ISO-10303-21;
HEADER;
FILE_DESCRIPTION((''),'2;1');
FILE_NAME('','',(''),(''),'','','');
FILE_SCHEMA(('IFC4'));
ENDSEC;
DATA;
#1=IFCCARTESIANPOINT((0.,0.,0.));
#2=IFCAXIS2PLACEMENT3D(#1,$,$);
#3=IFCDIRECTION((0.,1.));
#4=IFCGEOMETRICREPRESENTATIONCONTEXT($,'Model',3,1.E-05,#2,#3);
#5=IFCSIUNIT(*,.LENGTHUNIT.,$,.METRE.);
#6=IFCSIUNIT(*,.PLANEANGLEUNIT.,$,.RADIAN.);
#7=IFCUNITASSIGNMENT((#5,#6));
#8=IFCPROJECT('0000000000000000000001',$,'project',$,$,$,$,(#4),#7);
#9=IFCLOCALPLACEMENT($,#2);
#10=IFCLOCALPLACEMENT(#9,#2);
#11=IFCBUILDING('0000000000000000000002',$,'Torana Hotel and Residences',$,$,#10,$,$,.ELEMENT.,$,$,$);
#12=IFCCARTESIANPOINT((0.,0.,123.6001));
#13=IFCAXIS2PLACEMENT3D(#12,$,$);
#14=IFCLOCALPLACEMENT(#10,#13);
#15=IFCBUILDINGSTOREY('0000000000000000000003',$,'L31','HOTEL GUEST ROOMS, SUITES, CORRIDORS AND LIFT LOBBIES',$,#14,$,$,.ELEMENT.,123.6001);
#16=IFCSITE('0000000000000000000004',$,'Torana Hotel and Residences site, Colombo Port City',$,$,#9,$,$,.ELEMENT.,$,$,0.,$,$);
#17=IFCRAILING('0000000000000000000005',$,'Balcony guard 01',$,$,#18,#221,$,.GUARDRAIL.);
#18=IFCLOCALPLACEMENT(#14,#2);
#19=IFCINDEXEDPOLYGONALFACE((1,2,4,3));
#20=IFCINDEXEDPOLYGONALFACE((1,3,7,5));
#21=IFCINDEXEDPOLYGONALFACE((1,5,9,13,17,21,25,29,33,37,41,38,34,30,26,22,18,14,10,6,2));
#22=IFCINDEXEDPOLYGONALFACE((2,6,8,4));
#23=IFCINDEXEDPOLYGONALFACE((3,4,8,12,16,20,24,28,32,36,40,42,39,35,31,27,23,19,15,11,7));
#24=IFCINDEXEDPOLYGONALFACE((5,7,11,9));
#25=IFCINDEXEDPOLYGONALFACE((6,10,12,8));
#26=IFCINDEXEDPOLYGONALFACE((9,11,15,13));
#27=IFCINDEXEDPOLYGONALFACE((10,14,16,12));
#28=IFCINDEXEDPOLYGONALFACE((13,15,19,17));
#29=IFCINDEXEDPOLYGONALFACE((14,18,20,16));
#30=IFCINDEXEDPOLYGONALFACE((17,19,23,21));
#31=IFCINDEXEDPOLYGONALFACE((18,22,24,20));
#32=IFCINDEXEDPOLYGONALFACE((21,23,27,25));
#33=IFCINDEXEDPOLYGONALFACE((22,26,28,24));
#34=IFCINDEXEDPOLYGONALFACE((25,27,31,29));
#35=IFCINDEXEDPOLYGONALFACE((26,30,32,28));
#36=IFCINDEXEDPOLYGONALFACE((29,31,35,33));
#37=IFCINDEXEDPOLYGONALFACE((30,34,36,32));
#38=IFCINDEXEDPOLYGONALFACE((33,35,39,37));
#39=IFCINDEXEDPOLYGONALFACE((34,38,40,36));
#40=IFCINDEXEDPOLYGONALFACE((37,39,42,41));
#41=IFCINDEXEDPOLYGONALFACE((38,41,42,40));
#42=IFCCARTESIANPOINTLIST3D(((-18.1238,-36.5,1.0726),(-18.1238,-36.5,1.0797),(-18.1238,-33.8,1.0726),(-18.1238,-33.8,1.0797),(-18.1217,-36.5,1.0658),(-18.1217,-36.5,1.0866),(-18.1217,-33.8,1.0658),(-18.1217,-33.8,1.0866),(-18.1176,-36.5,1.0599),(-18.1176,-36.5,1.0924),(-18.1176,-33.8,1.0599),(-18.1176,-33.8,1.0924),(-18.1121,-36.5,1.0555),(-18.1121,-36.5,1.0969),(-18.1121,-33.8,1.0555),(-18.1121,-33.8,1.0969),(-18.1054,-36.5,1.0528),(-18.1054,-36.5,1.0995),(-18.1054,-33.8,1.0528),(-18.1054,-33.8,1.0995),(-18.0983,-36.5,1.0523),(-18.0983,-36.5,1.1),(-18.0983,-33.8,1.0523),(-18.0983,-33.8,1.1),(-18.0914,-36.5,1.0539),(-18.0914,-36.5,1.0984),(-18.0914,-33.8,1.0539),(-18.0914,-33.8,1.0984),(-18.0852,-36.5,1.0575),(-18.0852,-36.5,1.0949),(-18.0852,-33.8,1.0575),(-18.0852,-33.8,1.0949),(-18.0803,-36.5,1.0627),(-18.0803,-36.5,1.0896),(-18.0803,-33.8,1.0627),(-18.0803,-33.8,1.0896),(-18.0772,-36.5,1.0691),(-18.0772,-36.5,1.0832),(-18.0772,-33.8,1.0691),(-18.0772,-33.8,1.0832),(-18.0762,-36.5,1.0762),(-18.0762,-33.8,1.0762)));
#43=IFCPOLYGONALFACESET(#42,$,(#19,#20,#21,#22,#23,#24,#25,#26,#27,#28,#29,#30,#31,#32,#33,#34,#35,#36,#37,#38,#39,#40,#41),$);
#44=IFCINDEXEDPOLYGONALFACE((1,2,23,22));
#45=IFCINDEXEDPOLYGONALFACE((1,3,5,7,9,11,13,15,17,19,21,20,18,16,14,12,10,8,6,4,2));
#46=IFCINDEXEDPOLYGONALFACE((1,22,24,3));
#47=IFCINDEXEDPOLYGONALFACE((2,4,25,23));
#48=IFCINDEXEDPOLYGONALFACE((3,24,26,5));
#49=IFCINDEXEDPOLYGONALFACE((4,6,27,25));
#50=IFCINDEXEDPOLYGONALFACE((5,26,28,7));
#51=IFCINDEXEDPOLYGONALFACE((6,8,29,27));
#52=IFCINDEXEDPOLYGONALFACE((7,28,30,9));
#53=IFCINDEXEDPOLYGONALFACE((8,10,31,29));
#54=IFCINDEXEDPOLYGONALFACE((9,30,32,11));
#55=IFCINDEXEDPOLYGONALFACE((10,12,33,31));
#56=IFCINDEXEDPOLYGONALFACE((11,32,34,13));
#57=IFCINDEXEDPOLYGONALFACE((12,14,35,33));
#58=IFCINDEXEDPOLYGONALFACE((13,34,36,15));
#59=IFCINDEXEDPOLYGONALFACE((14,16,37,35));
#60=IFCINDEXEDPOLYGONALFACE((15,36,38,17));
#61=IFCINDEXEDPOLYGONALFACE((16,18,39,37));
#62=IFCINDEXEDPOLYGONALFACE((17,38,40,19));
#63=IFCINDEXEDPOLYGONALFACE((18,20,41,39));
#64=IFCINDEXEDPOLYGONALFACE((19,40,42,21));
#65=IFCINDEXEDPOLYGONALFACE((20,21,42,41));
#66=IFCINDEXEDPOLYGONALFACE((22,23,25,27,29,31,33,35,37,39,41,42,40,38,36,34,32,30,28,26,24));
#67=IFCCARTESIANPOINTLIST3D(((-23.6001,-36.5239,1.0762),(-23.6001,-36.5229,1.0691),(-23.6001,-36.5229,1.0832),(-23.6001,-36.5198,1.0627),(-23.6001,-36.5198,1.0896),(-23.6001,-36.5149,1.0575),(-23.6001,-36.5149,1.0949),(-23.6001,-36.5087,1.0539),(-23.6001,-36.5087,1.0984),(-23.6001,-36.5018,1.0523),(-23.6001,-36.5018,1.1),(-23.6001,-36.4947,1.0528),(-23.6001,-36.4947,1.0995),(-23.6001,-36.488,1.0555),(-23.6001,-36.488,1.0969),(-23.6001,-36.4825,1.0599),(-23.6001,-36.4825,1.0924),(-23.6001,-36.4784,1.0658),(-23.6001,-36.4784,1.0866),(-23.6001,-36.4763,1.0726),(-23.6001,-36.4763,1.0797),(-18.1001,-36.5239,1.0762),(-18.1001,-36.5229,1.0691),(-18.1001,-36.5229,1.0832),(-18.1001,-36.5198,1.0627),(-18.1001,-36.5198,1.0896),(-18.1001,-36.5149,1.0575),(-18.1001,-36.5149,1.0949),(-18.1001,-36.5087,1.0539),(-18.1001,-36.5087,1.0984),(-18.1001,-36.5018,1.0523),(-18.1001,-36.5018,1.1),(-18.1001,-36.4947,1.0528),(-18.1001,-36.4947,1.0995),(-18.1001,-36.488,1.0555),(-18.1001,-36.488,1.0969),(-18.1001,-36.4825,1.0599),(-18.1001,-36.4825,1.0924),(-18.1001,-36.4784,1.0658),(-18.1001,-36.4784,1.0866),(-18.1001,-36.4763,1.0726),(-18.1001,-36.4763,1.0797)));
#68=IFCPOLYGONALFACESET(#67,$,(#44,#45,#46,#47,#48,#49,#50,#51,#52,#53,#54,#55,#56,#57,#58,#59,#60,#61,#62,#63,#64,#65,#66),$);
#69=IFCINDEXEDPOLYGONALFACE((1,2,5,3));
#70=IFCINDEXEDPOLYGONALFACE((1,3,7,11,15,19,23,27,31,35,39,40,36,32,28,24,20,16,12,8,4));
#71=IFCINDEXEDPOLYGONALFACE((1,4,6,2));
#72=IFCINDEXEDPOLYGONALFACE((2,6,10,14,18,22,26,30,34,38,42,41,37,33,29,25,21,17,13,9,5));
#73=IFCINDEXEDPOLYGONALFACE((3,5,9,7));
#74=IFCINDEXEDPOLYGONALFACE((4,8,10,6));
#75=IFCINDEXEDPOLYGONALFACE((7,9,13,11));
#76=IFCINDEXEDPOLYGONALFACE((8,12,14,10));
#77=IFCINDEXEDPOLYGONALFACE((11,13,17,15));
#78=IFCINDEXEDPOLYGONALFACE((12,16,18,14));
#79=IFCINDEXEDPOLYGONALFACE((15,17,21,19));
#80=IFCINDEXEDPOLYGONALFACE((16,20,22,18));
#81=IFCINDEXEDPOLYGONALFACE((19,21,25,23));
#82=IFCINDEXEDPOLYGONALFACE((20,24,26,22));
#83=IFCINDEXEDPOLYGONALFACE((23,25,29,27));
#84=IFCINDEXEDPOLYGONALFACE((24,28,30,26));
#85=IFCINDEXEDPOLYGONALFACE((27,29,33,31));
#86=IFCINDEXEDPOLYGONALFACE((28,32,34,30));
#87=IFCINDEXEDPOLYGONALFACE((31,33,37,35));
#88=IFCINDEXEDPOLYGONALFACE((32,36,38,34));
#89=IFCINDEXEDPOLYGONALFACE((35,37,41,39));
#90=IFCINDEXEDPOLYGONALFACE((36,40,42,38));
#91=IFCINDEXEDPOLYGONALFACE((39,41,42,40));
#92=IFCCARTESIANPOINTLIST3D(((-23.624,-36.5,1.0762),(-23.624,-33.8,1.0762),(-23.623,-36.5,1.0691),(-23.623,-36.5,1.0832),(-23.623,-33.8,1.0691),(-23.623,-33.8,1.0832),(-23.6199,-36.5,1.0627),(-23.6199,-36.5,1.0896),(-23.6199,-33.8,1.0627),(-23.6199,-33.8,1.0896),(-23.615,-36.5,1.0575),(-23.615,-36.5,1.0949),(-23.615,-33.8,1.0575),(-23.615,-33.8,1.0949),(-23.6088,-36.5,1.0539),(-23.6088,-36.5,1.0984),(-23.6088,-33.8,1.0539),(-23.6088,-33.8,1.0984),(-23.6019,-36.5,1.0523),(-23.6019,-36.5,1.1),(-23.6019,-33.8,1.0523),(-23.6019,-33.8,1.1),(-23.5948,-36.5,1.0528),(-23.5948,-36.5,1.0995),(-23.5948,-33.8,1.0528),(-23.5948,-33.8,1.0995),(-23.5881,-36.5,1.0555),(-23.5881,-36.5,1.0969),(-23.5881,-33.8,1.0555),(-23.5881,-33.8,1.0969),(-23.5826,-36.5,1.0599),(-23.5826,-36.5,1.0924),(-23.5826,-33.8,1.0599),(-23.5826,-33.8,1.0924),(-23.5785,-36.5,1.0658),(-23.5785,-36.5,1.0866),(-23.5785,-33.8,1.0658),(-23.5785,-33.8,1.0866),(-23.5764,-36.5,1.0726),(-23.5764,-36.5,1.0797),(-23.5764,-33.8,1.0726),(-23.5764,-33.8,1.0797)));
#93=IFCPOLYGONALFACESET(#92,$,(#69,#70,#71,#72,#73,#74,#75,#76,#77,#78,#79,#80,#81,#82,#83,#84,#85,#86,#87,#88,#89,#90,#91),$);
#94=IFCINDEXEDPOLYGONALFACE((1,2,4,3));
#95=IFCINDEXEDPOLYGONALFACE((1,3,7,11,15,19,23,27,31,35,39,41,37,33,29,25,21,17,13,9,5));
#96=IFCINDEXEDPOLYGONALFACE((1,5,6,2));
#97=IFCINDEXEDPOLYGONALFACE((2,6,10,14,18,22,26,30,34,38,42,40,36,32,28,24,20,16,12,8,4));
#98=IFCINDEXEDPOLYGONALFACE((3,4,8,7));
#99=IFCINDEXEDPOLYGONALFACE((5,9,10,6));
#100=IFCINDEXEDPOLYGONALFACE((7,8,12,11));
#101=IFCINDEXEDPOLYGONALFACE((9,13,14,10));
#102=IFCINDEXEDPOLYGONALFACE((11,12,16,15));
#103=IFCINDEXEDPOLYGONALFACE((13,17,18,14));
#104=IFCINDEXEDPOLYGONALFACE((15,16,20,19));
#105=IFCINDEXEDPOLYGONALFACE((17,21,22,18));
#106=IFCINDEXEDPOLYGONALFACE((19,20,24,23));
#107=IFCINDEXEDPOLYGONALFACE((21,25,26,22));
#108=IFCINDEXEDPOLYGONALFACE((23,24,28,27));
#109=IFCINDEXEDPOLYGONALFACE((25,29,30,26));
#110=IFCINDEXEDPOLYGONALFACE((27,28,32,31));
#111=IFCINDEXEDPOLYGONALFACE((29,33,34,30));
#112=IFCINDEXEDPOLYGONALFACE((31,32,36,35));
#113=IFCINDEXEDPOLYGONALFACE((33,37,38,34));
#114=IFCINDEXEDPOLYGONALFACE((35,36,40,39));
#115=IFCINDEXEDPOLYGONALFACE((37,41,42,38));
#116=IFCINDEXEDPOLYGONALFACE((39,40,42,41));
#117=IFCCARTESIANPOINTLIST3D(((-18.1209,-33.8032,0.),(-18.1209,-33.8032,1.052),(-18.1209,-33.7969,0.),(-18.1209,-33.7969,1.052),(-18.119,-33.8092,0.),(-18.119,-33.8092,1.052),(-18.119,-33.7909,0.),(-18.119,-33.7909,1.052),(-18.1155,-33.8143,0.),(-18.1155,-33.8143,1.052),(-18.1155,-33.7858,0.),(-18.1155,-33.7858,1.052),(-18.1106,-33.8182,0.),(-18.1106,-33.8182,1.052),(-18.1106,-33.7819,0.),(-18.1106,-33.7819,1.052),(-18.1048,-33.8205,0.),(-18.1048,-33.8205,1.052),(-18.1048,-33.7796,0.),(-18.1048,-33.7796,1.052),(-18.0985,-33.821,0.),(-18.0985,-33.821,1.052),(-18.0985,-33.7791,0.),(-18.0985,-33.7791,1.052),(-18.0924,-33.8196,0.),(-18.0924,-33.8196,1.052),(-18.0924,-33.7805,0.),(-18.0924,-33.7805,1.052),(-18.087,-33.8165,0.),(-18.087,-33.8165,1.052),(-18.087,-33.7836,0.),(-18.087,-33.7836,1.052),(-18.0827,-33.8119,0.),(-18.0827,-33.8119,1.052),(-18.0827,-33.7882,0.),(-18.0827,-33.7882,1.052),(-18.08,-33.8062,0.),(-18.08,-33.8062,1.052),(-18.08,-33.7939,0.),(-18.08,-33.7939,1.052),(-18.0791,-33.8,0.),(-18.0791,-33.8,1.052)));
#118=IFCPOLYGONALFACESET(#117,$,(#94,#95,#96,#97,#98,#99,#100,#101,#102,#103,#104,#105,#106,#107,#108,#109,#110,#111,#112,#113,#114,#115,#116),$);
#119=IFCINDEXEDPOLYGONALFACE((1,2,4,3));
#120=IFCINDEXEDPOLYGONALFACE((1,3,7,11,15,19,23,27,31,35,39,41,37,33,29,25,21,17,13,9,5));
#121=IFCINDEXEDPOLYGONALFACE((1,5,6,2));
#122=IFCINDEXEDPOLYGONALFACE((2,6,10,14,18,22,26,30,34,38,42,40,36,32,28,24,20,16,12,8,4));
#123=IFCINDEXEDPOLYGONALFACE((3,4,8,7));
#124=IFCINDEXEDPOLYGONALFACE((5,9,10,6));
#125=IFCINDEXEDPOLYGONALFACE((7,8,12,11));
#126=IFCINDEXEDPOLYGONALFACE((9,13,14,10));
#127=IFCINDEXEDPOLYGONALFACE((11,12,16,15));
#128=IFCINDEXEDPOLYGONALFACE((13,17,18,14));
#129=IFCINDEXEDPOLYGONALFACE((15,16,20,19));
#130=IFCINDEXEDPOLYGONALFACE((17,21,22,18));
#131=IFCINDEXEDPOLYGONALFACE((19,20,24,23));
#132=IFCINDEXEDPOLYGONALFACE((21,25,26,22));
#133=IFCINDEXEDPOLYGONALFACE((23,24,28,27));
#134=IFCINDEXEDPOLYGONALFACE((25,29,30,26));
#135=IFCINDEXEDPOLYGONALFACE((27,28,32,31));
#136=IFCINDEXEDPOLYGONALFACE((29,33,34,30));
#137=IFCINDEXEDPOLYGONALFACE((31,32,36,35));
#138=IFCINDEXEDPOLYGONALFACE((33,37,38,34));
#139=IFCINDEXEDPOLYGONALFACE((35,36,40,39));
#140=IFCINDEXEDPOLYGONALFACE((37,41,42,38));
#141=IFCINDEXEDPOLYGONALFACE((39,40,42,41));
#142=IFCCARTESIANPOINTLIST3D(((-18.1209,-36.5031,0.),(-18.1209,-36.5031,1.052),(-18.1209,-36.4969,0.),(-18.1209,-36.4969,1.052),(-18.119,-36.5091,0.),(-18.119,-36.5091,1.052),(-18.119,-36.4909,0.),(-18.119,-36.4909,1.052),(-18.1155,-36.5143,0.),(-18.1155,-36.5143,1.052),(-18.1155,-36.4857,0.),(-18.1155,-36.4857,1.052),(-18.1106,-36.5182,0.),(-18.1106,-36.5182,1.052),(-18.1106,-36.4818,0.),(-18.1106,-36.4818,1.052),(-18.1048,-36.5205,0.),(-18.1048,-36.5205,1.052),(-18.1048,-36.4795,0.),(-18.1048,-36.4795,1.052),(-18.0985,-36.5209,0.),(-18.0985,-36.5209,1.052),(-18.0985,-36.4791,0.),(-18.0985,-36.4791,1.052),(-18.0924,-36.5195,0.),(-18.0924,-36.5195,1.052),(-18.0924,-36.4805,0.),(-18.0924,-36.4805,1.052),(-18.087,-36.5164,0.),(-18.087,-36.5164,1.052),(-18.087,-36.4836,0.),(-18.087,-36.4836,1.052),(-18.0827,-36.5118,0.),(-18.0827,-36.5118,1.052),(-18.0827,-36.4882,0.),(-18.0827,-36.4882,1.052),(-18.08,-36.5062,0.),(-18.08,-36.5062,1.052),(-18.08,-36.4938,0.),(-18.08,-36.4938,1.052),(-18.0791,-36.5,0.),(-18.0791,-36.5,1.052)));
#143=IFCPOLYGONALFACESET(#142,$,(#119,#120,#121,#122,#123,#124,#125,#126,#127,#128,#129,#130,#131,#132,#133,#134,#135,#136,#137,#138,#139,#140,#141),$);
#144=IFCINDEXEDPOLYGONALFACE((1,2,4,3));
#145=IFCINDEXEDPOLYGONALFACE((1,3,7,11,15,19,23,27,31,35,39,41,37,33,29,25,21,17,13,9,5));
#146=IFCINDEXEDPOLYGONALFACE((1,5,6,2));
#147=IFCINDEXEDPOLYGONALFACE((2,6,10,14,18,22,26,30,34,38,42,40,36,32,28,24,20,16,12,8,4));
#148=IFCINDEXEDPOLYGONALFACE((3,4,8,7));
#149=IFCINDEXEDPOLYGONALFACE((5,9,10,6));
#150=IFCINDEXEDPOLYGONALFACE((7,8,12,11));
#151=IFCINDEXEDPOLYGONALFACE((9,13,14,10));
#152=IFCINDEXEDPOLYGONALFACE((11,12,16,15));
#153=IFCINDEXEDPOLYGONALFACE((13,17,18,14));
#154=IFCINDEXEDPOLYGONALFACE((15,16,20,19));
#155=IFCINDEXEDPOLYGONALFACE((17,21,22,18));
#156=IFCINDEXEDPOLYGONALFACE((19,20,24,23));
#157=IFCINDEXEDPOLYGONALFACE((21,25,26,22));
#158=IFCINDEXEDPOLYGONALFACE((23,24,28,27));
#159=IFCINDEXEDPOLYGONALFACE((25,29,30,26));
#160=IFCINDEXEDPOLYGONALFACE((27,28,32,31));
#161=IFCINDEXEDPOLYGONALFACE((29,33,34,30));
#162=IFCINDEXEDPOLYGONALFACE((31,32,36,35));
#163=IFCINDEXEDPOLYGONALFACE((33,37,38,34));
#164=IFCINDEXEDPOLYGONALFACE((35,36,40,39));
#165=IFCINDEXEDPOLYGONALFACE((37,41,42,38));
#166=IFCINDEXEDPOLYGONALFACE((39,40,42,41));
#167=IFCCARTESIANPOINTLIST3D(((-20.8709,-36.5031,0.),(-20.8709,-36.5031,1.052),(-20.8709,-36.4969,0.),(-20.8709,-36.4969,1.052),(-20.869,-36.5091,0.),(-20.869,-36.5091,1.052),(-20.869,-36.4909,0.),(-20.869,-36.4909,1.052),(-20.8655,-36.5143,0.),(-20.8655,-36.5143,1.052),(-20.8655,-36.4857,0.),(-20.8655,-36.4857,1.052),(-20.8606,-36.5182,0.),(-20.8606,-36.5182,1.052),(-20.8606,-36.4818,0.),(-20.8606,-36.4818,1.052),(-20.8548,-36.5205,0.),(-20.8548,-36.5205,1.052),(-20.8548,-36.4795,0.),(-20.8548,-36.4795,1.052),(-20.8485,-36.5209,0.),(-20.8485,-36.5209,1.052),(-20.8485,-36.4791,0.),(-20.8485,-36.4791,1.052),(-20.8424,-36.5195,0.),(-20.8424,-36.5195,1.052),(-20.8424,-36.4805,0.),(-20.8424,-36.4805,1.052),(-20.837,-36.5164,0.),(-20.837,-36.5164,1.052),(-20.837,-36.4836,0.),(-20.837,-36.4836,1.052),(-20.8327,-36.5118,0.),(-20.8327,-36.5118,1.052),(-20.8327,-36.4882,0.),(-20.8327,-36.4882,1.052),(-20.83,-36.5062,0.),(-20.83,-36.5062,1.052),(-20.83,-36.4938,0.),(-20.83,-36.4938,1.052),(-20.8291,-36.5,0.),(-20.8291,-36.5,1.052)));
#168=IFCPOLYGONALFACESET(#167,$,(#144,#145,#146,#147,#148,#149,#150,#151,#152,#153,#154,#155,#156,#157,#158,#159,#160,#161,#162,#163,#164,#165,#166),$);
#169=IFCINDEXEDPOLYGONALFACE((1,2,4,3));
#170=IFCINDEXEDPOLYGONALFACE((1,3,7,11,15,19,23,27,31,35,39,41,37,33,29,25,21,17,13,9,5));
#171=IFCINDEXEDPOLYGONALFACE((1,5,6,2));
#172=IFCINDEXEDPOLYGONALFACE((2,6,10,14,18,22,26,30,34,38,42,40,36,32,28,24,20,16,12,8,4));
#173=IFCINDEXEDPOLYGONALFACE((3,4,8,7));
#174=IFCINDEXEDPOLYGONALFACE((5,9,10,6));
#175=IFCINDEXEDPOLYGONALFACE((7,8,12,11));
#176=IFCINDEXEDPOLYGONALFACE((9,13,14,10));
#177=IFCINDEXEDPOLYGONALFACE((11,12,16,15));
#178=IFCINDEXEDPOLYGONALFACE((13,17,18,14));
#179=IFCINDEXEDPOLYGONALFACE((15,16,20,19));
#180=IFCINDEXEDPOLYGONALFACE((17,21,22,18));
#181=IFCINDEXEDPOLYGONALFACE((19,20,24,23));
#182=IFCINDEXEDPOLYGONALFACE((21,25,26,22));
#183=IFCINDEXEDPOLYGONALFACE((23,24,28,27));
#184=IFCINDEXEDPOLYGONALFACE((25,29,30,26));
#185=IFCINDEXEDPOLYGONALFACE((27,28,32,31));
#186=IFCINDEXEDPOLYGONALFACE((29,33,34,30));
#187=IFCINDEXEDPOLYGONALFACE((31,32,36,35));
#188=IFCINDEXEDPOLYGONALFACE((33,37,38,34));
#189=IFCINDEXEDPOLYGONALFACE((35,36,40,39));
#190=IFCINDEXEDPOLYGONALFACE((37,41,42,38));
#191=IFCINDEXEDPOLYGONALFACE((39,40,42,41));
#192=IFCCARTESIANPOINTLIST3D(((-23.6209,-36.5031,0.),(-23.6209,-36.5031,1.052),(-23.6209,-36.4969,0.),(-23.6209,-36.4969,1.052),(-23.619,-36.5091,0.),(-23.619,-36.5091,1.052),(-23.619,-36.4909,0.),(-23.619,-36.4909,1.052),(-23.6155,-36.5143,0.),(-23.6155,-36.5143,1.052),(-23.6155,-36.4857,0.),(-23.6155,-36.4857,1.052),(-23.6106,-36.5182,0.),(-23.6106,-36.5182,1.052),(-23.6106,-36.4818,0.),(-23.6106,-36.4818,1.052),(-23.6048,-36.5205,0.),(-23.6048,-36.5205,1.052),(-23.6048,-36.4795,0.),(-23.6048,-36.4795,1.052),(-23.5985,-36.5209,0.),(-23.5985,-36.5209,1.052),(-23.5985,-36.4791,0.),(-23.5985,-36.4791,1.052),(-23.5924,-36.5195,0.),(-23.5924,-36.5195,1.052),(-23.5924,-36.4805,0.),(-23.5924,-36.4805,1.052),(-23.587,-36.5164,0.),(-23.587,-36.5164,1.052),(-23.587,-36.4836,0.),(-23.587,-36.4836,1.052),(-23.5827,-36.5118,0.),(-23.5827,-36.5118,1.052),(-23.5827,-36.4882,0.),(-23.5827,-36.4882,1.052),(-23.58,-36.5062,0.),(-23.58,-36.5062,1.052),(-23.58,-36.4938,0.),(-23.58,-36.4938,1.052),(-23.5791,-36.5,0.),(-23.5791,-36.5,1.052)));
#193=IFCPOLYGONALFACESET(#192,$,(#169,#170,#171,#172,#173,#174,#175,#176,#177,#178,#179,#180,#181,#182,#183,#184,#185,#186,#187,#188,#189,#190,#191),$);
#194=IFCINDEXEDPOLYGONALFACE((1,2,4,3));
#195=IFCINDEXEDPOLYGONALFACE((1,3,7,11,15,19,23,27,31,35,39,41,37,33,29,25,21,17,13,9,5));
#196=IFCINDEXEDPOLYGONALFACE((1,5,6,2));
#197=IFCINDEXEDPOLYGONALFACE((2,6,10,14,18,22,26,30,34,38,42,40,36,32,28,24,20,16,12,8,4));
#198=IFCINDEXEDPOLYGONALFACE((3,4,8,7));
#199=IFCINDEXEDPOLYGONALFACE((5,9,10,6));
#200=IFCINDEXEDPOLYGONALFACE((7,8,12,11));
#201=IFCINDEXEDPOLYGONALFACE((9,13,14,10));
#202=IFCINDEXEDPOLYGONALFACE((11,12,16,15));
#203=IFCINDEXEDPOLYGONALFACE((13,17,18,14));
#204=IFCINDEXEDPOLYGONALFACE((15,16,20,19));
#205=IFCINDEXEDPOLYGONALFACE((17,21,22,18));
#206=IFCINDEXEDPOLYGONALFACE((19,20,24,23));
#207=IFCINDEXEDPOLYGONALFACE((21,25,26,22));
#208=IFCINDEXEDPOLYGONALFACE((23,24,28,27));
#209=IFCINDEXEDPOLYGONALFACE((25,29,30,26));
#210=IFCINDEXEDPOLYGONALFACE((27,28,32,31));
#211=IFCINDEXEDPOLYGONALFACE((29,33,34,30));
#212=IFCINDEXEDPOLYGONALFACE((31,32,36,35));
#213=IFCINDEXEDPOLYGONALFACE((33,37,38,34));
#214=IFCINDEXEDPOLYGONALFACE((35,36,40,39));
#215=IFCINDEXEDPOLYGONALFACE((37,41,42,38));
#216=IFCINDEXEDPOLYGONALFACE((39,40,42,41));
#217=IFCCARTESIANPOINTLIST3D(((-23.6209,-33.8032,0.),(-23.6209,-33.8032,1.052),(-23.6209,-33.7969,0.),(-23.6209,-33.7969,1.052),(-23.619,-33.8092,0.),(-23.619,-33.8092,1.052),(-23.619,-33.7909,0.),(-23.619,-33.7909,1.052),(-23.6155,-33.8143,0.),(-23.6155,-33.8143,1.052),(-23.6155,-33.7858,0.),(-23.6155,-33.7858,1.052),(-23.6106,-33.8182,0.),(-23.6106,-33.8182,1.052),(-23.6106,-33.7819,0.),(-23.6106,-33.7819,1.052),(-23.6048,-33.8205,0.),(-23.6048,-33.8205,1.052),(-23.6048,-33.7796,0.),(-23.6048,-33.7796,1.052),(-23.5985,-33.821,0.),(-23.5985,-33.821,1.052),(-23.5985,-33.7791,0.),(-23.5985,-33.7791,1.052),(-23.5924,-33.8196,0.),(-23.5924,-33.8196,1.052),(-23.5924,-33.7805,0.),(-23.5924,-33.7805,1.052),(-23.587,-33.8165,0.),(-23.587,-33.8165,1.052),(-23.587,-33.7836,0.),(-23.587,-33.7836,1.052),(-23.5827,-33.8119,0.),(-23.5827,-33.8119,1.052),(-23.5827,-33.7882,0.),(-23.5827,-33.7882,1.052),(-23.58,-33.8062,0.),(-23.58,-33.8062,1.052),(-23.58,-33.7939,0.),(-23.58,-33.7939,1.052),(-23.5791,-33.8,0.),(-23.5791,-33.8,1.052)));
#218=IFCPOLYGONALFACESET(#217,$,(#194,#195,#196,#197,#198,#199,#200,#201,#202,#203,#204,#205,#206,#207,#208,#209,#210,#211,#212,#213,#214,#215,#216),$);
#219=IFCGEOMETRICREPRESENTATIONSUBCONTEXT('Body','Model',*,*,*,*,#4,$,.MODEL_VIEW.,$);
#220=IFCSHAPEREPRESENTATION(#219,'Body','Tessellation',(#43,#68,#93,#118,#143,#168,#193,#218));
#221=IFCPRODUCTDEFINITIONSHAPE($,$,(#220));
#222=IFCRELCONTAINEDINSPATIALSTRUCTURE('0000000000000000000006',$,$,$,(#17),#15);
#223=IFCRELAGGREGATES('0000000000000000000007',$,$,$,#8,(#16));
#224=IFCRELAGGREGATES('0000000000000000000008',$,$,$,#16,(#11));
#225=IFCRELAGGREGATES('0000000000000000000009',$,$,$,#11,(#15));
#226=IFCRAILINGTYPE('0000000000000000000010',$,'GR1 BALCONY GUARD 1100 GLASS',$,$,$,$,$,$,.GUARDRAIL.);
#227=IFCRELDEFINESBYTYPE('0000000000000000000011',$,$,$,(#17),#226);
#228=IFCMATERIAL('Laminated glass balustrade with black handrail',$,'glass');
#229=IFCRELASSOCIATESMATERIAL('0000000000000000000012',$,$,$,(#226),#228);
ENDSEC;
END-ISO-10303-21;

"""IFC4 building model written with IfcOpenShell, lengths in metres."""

from ifc_helpers import new_model, si_unit, direction, frame, origin, origin_2d, place, context, subcontext, project, spatial, circle, extrude, material, type_object, element, save


model = new_model("IFC4")

# Units and contexts
model_context = context("Model", 3, precision=1e-05, world=origin(), true_north=direction((0.0, 1.0)))
body_context = subcontext(model_context, "Body", "Model", "MODEL_VIEW")
ifc_project = project(units=[si_unit("LENGTHUNIT", "METRE"), si_unit("PLANEANGLEUNIT", "RADIAN")], contexts=[model_context])

# Site, building, storey
site_placement = place(None, origin())
site = spatial("IfcSite", under=ifc_project, at=site_placement, Name="Torana Hotel and Residences site, Colombo Port City", CompositionType="ELEMENT", RefElevation=0.0)
building_placement = place(site_placement, origin())
building = spatial("IfcBuilding", under=site, at=building_placement, Name="Torana Hotel and Residences", CompositionType="ELEMENT")
storey_placement = place(building_placement, frame((0.0, 0.0, 123.6001)))
storey = spatial("IfcBuildingStorey", under=building, at=storey_placement, Name="L31", Description="HOTEL GUEST ROOMS, SUITES, CORRIDORS AND LIFT LOBBIES", CompositionType="ELEMENT", Elevation=123.6001)

# Railing
ifc_material_1 = material(Name="Laminated glass balustrade with black handrail", Category="glass")
railing_type = type_object("IfcRailingType", Name="GR1 BALCONY GUARD 1100 GLASS", PredefinedType="GUARDRAIL", material=ifc_material_1)
railing_placement = place(storey_placement, frame((-18.1001, -33.8, 0.0)))
element("IfcRailing", 1, at=railing_placement, inside=storey, type_object=railing_type, Name="Balcony guard 01", PredefinedType="GUARDRAIL", context=body_context, shape_type="SweptSolid", body=[
    extrude(circle(Radius=0.0239, at=origin_2d()), frame((0.0, 0.0, 1.0762), z_axis=(0.0, -1.0, 0.0), x_axis=(1.0, 0.0, 0.0)), (0.0, 0.0, 1.0), 2.7),
    extrude(circle(Radius=0.0239, at=origin_2d()), frame((0.0, -2.7, 1.0762), z_axis=(-1.0, 0.0, 0.0), x_axis=(0.0, -1.0, 0.0)), (0.0, 0.0, 1.0), 5.5),
    extrude(circle(Radius=0.0239, at=origin_2d()), frame((-5.5, -2.7, 1.0762), z_axis=(0.0, 1.0, 0.0), x_axis=(-1.0, 0.0, 0.0)), (0.0, 0.0, 1.0), 2.7),
    extrude(circle(Radius=0.021, at=origin_2d()), origin(), (0.0, 0.0, 1.0), 1.052),
    extrude(circle(Radius=0.021, at=origin_2d()), frame((0.0, -2.7, 0.0)), (0.0, 0.0, 1.0), 1.052),
    extrude(circle(Radius=0.021, at=origin_2d()), frame((-2.75, -2.7, 0.0)), (0.0, 0.0, 1.0), 1.052),
    extrude(circle(Radius=0.021, at=origin_2d()), frame((-5.5, -2.7, 0.0)), (0.0, 0.0, 1.0), 1.052),
    extrude(circle(Radius=0.021, at=origin_2d()), frame((-5.5, 0.0, 0.0)), (0.0, 0.0, 1.0), 1.052),
])

save(model, "model.ifc")
